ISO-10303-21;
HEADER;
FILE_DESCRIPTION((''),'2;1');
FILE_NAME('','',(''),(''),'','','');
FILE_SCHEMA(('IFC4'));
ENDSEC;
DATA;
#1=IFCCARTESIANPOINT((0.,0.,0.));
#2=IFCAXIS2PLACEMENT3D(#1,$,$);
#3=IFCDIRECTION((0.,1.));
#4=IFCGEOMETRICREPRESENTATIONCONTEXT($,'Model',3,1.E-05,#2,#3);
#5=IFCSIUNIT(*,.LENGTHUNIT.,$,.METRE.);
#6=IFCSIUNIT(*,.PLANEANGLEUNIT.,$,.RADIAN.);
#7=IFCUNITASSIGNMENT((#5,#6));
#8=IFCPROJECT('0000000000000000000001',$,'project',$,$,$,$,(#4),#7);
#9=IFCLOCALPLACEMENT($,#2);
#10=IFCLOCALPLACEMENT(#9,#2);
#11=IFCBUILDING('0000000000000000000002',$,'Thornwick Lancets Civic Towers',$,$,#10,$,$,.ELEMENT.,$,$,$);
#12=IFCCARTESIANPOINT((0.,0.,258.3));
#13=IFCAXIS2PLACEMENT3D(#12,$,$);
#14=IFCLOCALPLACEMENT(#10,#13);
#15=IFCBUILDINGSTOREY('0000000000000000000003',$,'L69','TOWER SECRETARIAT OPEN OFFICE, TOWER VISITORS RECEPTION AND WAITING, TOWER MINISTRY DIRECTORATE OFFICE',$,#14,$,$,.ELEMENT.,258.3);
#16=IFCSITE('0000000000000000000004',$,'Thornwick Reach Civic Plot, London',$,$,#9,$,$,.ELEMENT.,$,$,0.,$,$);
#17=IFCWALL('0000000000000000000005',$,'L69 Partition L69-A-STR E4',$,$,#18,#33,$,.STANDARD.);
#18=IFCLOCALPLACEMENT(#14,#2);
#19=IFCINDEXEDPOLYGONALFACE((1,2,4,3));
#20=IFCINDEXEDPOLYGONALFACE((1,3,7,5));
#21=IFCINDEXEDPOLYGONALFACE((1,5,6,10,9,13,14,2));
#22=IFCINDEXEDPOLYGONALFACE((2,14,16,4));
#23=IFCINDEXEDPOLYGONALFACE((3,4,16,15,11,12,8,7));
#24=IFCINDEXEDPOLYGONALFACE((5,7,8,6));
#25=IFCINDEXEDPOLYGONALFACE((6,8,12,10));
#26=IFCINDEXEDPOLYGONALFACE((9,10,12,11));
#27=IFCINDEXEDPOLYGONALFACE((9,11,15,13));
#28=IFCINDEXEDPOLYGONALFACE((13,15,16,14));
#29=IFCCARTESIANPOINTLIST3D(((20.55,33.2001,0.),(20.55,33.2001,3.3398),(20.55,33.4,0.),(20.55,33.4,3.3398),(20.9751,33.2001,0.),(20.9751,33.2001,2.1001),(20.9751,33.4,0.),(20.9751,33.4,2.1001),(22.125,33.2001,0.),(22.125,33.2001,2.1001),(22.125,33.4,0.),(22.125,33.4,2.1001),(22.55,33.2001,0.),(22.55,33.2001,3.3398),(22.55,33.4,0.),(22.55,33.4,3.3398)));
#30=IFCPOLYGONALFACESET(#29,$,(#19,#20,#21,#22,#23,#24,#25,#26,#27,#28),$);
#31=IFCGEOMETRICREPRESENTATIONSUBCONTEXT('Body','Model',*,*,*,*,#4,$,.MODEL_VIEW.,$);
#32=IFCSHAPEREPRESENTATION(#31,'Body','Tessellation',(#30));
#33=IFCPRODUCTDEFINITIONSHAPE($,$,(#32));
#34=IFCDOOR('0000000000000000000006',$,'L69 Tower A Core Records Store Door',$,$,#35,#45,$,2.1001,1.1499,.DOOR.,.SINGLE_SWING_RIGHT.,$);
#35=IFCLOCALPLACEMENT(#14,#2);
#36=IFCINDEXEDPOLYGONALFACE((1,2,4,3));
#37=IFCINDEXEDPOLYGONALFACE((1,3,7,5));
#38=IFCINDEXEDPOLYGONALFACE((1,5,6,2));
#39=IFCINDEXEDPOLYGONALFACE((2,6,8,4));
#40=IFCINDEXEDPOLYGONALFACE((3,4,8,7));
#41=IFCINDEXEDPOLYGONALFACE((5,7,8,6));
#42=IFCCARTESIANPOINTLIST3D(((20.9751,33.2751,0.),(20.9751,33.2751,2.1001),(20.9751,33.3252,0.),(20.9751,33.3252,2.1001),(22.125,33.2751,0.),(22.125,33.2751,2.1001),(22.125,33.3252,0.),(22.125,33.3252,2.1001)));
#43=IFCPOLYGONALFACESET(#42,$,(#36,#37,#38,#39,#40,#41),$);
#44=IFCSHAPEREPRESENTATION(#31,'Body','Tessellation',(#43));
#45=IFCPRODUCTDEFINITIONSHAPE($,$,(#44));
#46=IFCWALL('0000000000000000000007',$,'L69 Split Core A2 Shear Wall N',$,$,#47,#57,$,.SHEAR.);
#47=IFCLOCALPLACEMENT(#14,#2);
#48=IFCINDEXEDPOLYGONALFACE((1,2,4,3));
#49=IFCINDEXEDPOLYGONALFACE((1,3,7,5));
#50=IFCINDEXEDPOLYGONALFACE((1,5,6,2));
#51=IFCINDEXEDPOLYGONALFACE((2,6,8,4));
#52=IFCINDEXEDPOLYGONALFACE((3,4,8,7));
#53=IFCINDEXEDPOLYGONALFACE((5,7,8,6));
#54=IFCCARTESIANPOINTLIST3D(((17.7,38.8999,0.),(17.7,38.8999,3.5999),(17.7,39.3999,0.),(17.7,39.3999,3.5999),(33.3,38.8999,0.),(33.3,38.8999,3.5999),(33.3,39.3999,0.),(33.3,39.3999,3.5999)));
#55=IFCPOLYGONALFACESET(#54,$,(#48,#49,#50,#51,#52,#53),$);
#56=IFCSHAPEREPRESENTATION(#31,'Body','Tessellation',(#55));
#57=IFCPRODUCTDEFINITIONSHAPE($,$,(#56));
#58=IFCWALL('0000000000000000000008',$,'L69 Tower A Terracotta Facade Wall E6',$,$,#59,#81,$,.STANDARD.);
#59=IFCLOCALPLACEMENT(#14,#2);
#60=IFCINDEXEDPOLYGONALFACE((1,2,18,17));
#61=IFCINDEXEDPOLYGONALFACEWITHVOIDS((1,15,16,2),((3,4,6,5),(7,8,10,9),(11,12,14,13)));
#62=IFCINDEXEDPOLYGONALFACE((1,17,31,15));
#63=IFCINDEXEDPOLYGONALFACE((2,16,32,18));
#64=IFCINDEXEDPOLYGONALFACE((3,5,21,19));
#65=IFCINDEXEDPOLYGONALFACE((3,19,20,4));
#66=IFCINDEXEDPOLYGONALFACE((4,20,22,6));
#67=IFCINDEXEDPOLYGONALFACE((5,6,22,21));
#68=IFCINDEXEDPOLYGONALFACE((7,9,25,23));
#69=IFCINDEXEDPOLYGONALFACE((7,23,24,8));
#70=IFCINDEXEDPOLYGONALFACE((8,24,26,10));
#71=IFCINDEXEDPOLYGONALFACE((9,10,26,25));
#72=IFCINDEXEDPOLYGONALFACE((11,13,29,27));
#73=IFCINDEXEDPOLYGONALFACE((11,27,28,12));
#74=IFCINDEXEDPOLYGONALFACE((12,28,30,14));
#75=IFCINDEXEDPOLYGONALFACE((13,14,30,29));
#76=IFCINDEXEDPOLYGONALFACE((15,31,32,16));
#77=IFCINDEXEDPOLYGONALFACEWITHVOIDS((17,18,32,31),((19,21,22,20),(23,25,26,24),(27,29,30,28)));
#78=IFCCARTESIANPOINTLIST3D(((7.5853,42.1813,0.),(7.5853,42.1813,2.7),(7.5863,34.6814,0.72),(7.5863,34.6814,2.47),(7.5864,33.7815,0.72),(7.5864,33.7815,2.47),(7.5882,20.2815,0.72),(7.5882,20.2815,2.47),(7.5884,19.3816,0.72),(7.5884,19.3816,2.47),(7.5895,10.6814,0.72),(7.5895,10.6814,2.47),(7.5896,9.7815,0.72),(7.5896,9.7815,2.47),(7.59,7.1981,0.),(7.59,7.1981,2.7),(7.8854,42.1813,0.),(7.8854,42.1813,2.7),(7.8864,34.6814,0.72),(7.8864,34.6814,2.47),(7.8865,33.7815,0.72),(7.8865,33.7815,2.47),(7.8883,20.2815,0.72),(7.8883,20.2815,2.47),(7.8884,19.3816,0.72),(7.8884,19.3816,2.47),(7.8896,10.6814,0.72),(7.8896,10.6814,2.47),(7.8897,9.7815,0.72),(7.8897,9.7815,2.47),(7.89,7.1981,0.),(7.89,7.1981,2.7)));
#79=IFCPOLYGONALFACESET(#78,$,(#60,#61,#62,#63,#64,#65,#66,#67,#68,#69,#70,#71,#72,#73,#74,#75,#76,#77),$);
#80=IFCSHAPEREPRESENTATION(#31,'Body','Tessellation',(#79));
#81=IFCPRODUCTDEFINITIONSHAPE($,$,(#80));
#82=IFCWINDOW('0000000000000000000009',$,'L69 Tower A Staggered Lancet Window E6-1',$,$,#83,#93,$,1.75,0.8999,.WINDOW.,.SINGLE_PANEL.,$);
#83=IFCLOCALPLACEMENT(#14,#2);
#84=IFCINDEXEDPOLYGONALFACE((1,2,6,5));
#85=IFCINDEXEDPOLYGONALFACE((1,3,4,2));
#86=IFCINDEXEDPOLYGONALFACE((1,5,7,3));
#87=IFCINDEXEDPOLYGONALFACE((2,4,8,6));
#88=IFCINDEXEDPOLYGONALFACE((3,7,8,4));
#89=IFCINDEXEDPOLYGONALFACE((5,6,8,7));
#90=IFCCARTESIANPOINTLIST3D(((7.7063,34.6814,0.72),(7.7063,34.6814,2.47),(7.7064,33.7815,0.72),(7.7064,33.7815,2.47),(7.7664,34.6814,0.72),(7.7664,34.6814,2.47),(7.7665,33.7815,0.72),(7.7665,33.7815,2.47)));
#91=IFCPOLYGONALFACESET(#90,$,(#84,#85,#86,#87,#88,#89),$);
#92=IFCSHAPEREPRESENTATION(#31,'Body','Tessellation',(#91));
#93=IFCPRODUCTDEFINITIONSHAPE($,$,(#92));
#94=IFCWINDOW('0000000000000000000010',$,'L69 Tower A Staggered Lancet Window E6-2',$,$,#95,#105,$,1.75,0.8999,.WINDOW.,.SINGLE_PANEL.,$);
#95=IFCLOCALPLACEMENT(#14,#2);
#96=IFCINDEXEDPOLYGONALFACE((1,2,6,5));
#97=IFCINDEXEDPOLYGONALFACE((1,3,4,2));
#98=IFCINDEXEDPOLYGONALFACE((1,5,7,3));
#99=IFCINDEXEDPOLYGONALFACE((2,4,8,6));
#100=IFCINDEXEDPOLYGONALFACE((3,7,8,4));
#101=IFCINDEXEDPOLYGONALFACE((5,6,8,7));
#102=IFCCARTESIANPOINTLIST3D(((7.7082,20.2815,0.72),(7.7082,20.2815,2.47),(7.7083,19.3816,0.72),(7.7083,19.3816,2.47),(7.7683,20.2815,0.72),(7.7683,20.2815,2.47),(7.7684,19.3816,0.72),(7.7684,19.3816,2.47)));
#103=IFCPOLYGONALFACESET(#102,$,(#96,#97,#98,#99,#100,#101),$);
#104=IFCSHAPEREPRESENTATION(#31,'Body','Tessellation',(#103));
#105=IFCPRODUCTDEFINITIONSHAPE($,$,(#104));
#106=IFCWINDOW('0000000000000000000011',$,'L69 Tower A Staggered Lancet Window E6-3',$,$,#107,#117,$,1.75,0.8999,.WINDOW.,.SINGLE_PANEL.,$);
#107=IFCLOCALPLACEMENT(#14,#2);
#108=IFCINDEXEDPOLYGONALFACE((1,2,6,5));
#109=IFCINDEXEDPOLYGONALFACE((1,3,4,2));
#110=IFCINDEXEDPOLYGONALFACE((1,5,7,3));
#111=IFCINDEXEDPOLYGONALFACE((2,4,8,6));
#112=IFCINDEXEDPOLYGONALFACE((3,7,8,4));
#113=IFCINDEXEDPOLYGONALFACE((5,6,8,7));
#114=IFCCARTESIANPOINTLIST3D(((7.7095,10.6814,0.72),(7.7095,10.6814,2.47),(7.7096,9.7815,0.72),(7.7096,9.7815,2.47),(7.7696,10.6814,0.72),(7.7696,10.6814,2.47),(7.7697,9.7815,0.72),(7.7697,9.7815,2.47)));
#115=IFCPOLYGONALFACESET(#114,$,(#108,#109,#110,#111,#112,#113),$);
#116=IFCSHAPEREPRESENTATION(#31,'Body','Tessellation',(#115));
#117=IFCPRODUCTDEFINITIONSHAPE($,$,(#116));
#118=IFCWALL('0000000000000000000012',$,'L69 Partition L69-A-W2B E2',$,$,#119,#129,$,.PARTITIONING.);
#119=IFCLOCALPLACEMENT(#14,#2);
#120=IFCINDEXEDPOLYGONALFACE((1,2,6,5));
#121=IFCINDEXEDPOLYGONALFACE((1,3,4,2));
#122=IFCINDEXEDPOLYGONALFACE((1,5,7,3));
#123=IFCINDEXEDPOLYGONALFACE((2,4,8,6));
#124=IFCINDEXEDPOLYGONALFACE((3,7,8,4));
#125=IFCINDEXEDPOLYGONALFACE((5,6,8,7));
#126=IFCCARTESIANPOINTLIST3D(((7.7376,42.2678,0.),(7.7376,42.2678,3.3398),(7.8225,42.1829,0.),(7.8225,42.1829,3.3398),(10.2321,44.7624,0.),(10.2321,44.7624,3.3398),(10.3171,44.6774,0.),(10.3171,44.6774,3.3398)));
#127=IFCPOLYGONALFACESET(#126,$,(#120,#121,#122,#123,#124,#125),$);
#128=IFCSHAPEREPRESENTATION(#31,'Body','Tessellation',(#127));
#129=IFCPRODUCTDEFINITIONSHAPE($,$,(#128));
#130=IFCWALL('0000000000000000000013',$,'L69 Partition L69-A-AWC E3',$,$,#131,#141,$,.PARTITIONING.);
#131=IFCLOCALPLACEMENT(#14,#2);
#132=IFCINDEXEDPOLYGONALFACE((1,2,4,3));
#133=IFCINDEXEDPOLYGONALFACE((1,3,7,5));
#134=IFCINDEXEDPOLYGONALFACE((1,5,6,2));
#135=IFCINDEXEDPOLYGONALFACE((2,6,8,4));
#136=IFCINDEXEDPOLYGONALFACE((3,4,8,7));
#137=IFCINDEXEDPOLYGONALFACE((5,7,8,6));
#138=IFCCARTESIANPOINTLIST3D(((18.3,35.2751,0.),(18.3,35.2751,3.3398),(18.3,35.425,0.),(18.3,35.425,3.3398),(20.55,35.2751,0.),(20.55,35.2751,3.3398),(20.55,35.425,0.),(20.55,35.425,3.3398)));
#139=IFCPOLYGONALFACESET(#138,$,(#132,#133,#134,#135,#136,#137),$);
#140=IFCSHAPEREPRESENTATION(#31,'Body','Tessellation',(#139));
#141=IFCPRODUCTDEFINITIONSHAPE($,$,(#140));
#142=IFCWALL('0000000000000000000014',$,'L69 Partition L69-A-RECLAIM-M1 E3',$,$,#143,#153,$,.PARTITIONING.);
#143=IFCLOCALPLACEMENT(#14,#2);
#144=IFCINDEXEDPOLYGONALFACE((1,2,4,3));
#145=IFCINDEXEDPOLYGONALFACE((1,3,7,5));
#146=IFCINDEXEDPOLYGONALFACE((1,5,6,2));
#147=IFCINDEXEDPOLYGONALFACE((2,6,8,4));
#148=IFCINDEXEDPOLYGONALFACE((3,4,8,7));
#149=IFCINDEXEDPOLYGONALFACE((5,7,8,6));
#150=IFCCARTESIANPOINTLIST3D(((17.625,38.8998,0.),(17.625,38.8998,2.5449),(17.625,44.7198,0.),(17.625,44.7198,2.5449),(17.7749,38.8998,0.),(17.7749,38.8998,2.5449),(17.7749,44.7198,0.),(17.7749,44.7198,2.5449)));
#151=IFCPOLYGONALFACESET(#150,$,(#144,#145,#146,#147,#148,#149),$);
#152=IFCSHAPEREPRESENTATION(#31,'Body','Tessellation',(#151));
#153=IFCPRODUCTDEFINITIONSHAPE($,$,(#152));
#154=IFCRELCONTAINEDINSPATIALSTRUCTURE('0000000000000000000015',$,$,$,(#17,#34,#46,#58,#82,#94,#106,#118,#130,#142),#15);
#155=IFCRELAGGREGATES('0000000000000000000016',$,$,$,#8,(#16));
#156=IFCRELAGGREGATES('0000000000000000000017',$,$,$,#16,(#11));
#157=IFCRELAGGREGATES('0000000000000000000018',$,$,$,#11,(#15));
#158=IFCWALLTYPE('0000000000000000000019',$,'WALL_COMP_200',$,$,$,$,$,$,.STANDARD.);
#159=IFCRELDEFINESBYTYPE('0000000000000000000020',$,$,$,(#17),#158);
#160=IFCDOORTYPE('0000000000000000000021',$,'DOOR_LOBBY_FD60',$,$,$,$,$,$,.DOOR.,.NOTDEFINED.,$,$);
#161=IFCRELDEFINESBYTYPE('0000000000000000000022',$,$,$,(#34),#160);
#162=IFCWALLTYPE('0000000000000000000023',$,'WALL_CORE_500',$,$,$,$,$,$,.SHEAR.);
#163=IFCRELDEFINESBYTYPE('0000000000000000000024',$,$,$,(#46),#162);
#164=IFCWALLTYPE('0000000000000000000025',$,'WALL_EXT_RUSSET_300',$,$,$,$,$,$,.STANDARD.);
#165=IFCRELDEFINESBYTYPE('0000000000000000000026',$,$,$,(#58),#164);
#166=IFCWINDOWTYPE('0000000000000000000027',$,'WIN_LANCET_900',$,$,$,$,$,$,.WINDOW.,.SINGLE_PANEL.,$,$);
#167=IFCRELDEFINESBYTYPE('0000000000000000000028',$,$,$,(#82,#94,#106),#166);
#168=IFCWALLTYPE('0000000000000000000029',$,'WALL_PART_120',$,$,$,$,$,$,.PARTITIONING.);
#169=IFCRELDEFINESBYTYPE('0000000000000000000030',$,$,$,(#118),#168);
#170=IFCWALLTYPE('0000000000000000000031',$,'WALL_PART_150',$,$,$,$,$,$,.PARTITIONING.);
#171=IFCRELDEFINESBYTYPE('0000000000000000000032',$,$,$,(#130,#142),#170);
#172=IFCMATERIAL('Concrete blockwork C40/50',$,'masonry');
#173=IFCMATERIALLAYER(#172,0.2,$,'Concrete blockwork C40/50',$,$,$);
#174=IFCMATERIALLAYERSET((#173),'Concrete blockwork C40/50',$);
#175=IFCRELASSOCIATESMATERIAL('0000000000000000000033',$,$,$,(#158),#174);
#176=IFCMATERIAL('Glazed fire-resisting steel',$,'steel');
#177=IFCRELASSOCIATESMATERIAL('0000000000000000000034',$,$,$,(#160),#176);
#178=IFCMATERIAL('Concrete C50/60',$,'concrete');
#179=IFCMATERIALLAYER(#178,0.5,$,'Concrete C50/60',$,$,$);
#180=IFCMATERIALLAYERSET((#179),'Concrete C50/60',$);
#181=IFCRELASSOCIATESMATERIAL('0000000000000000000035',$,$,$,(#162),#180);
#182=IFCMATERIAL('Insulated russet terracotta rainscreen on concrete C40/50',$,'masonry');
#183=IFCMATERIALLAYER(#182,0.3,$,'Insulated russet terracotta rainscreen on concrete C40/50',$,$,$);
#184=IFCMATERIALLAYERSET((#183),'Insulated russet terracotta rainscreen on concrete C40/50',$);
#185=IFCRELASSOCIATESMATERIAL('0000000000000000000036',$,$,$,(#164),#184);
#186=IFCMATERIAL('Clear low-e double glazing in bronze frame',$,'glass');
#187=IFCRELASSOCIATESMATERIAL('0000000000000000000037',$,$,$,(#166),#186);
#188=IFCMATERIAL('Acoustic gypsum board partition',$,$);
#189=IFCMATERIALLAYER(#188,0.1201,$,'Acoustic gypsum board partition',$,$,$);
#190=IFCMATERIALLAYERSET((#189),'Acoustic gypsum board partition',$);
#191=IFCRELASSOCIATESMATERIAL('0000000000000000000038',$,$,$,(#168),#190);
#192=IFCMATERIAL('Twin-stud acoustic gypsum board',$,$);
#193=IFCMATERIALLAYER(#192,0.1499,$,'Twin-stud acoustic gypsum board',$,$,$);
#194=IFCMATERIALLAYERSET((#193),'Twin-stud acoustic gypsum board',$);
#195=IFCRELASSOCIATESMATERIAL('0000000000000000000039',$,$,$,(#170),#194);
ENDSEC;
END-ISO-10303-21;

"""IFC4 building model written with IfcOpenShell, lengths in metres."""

from ifc_helpers import new_model, si_unit, direction, frame, frame_2d, origin, place, context, subcontext, project, spatial, rectangle, extrude, material, layer, layer_set, type_object, element, fill, save


model = new_model("IFC4")

# Units and contexts
model_context = context("Model", 3, precision=1e-05, world=origin(), true_north=direction((0.0, 1.0)))
body_context = subcontext(model_context, "Body", "Model", "MODEL_VIEW")
ifc_project = project(units=[si_unit("LENGTHUNIT", "METRE"), si_unit("PLANEANGLEUNIT", "RADIAN")], contexts=[model_context])

# Site, building, storey
site_placement = place(None, origin())
site = spatial("IfcSite", under=ifc_project, at=site_placement, Name="Thornwick Reach Civic Plot, London", CompositionType="ELEMENT", RefElevation=0.0)
building_placement = place(site_placement, origin())
building = spatial("IfcBuilding", under=site, at=building_placement, Name="Thornwick Lancets Civic Towers", CompositionType="ELEMENT")
storey_placement = place(building_placement, frame((0.0, 0.0, 258.3)))
storey = spatial("IfcBuildingStorey", under=building, at=storey_placement, Name="L69", Description="TOWER SECRETARIAT OPEN OFFICE, TOWER VISITORS RECEPTION AND WAITING, TOWER MINISTRY DIRECTORATE OFFICE", CompositionType="ELEMENT", Elevation=258.3)

# Shared definitions
ifc_material_1 = material(Name="Concrete C50/60", Category="concrete")

# Shared definitions
ifc_material_2 = material(Name="Concrete blockwork C40/50", Category="masonry")
ifc_layer_1 = layer(ifc_material_2, 0.2, Name="Concrete blockwork C40/50")
ifc_layer_set_1 = layer_set([ifc_layer_1], Name="Concrete blockwork C40/50")
wall_type_1 = type_object("IfcWallType", Name="WALL_COMP_200", PredefinedType="STANDARD", material=ifc_layer_set_1)

# Wall, opening, door
wall_1_placement = place(storey_placement, frame((22.55, 33.3, 0.0), z_axis=(0.0, 0.0, 1.0), x_axis=(-1.0, 0.0, 0.0)))
wall_1 = element("IfcWall", 1, at=wall_1_placement, inside=storey, type_object=wall_type_1, Name="L69 Partition L69-A-STR E4", PredefinedType="STANDARD", context=body_context, shape_type="SweptSolid", body=[
    extrude(rectangle(XDim=2.0, YDim=0.2, at=frame_2d((1.0, 0.0))), origin(), (0.0, 0.0, 1.0), 3.3398),
])
opening_1_placement = place(wall_1_placement, frame((0.425, 0.0, 0.0)))
opening_1 = element("IfcOpeningElement", 2, at=opening_1_placement, cuts=wall_1, PredefinedType="OPENING", context=body_context, shape_type="SweptSolid", body=[
    extrude(rectangle(XDim=1.1499, YDim=2.1001, at=frame_2d((0.575, 1.05))), frame((0.0, 0.1099, 0.0), z_axis=(0.0, -1.0, 0.0), x_axis=(1.0, 0.0, 0.0)), (0.0, 0.0, 1.0), 0.22),
])
ifc_material_3 = material(Name="Glazed fire-resisting steel", Category="steel")
door_type_1 = type_object("IfcDoorType", Name="DOOR_LOBBY_FD60", OperationType="NOTDEFINED", PredefinedType="DOOR", material=ifc_material_3)
door_1_placement = place(opening_1_placement, origin())
door_1 = element("IfcDoor", 3, at=door_1_placement, inside=storey, type_object=door_type_1, Name="L69 Tower A Core Records Store Door", OperationType="SINGLE_SWING_RIGHT", OverallHeight=2.1001, OverallWidth=1.1499, PredefinedType="DOOR", context=body_context, shape_type="SweptSolid", body=[
    extrude(rectangle(XDim=1.1499, YDim=2.1001, at=frame_2d((0.575, 1.05))), frame((0.0, 0.0249, 0.0), z_axis=(0.0, -1.0, 0.0), x_axis=(1.0, 0.0, 0.0)), (0.0, 0.0, 1.0), 0.05),
])
fill(opening_1, door_1)

# Wall
ifc_layer_2 = layer(ifc_material_1, 0.5, Name="Concrete C50/60")
ifc_layer_set_2 = layer_set([ifc_layer_2], Name="Concrete C50/60")
wall_type_2 = type_object("IfcWallType", Name="WALL_CORE_500", PredefinedType="SHEAR", material=ifc_layer_set_2)
wall_2_placement = place(storey_placement, frame((17.7, 39.1499, 0.0), z_axis=(0.0, 0.0, 1.0), x_axis=(1.0, 0.0, 0.0)))
element("IfcWall", 4, at=wall_2_placement, inside=storey, type_object=wall_type_2, Name="L69 Split Core A2 Shear Wall N", PredefinedType="SHEAR", context=body_context, shape_type="SweptSolid", body=[
    extrude(rectangle(XDim=15.6001, YDim=0.5, at=frame_2d((7.8, 0.0))), origin(), (0.0, 0.0, 1.0), 3.5999),
])

# Wall, openings, windows
ifc_material_4 = material(Name="Insulated russet terracotta rainscreen on concrete C40/50", Category="masonry")
ifc_layer_3 = layer(ifc_material_4, 0.3, Name="Insulated russet terracotta rainscreen on concrete C40/50")
ifc_layer_set_3 = layer_set([ifc_layer_3], Name="Insulated russet terracotta rainscreen on concrete C40/50")
wall_type_3 = type_object("IfcWallType", Name="WALL_EXT_RUSSET_300", PredefinedType="STANDARD", material=ifc_layer_set_3)
wall_3_placement = place(storey_placement, frame((7.7354, 42.1814, 0.0), z_axis=(0.0, 0.0, 1.0), x_axis=(0.000133, -1.0, 0.0)))
wall_3 = element("IfcWall", 5, at=wall_3_placement, inside=storey, type_object=wall_type_3, Name="L69 Tower A Terracotta Facade Wall E6", PredefinedType="STANDARD", context=body_context, shape_type="SweptSolid", body=[
    extrude(rectangle(XDim=34.9832, YDim=0.3, at=frame_2d((17.4917, 0.0))), origin(), (0.0, 0.0, 1.0), 2.7),
])
opening_2_placement = place(wall_3_placement, frame((7.5, 0.0, 0.72)))
opening_2 = element("IfcOpeningElement", 6, at=opening_2_placement, cuts=wall_3, PredefinedType="OPENING", context=body_context, shape_type="SweptSolid", body=[
    extrude(rectangle(XDim=0.8999, YDim=1.75, at=frame_2d((0.45, 0.875))), frame((0.0, 0.1602, 0.0), z_axis=(0.0, -1.0, 0.0), x_axis=(1.0, 0.0, 0.0)), (0.0, 0.0, 1.0), 0.3201),
])
opening_3_placement = place(wall_3_placement, frame((21.8999, 0.0, 0.72)))
opening_3 = element("IfcOpeningElement", 7, at=opening_3_placement, cuts=wall_3, PredefinedType="OPENING", context=body_context, shape_type="SweptSolid", body=[
    extrude(rectangle(XDim=0.8999, YDim=1.75, at=frame_2d((0.45, 0.875))), frame((0.0, 0.1602, 0.0), z_axis=(0.0, -1.0, 0.0), x_axis=(1.0, 0.0, 0.0)), (0.0, 0.0, 1.0), 0.3201),
])
opening_4_placement = place(wall_3_placement, frame((31.5, 0.0, 0.72)))
opening_4 = element("IfcOpeningElement", 8, at=opening_4_placement, cuts=wall_3, PredefinedType="OPENING", context=body_context, shape_type="SweptSolid", body=[
    extrude(rectangle(XDim=0.8999, YDim=1.75, at=frame_2d((0.45, 0.875))), frame((0.0, 0.1602, 0.0), z_axis=(0.0, -1.0, 0.0), x_axis=(1.0, 0.0, 0.0)), (0.0, 0.0, 1.0), 0.3201),
])
ifc_material_5 = material(Name="Clear low-e double glazing in bronze frame", Category="glass")
window_type = type_object("IfcWindowType", Name="WIN_LANCET_900", PartitioningType="SINGLE_PANEL", PredefinedType="WINDOW", material=ifc_material_5)
window_1_placement = place(opening_2_placement, origin())
window_1 = element("IfcWindow", 9, at=window_1_placement, inside=storey, type_object=window_type, Name="L69 Tower A Staggered Lancet Window E6-1", OverallHeight=1.75, OverallWidth=0.8999, PartitioningType="SINGLE_PANEL", PredefinedType="WINDOW", context=body_context, shape_type="SweptSolid", body=[
    extrude(rectangle(XDim=0.8999, YDim=1.75, at=frame_2d((0.45, 0.875))), frame((0.0, 0.03, 0.0), z_axis=(0.0, -1.0, 0.0), x_axis=(1.0, 0.0, 0.0)), (0.0, 0.0, 1.0), 0.0601),
])
fill(opening_2, window_1)
window_2_placement = place(opening_3_placement, origin())
window_2 = element("IfcWindow", 10, at=window_2_placement, inside=storey, type_object=window_type, Name="L69 Tower A Staggered Lancet Window E6-2", OverallHeight=1.75, OverallWidth=0.8999, PartitioningType="SINGLE_PANEL", PredefinedType="WINDOW", context=body_context, shape_type="SweptSolid", body=[
    extrude(rectangle(XDim=0.8999, YDim=1.75, at=frame_2d((0.45, 0.875))), frame((0.0, 0.03, 0.0), z_axis=(0.0, -1.0, 0.0), x_axis=(1.0, 0.0, 0.0)), (0.0, 0.0, 1.0), 0.0601),
])
fill(opening_3, window_2)
window_3_placement = place(opening_4_placement, origin())
window_3 = element("IfcWindow", 11, at=window_3_placement, inside=storey, type_object=window_type, Name="L69 Tower A Staggered Lancet Window E6-3", OverallHeight=1.75, OverallWidth=0.8999, PartitioningType="SINGLE_PANEL", PredefinedType="WINDOW", context=body_context, shape_type="SweptSolid", body=[
    extrude(rectangle(XDim=0.8999, YDim=1.75, at=frame_2d((0.45, 0.875))), frame((0.0, 0.03, 0.0), z_axis=(0.0, -1.0, 0.0), x_axis=(1.0, 0.0, 0.0)), (0.0, 0.0, 1.0), 0.0601),
])
fill(opening_4, window_3)

# Walls
ifc_material_6 = material(Name="Acoustic gypsum board partition")
ifc_layer_4 = layer(ifc_material_6, 0.1201, Name="Acoustic gypsum board partition")
ifc_layer_set_4 = layer_set([ifc_layer_4], Name="Acoustic gypsum board partition")
wall_type_4 = type_object("IfcWallType", Name="WALL_PART_120", PredefinedType="PARTITIONING", material=ifc_layer_set_4)
wall_4_placement = place(storey_placement, frame((7.78, 42.2253, 0.0), z_axis=(0.0, 0.0, 1.0), x_axis=(0.707107, 0.707107, 0.0)))
element("IfcWall", 12, at=wall_4_placement, inside=storey, type_object=wall_type_4, Name="L69 Partition L69-A-W2B E2", PredefinedType="PARTITIONING", context=body_context, shape_type="SweptSolid", body=[
    extrude(rectangle(XDim=3.5278, YDim=0.1201, at=frame_2d((1.7639, 0.0))), origin(), (0.0, 0.0, 1.0), 3.3398),
])
ifc_material_7 = material(Name="Twin-stud acoustic gypsum board")
ifc_layer_5 = layer(ifc_material_7, 0.1499, Name="Twin-stud acoustic gypsum board")
ifc_layer_set_5 = layer_set([ifc_layer_5], Name="Twin-stud acoustic gypsum board")
wall_type_5 = type_object("IfcWallType", Name="WALL_PART_150", PredefinedType="PARTITIONING", material=ifc_layer_set_5)
wall_5_placement = place(storey_placement, frame((20.55, 35.3501, 0.0), z_axis=(0.0, 0.0, 1.0), x_axis=(-1.0, 0.0, 0.0)))
element("IfcWall", 13, at=wall_5_placement, inside=storey, type_object=wall_type_5, Name="L69 Partition L69-A-AWC E3", PredefinedType="PARTITIONING", context=body_context, shape_type="SweptSolid", body=[
    extrude(rectangle(XDim=2.25, YDim=0.1499, at=frame_2d((1.125, 0.0))), origin(), (0.0, 0.0, 1.0), 3.3398),
])
wall_6_placement = place(storey_placement, frame((17.7, 44.72, 0.0), z_axis=(0.0, 0.0, 1.0), x_axis=(0.0, -1.0, 0.0)))
element("IfcWall", 14, at=wall_6_placement, inside=storey, type_object=wall_type_5, Name="L69 Partition L69-A-RECLAIM-M1 E3", PredefinedType="PARTITIONING", context=body_context, shape_type="SweptSolid", body=[
    extrude(rectangle(XDim=5.8201, YDim=0.1499, at=frame_2d((2.9102, 0.0))), origin(), (0.0, 0.0, 1.0), 2.5449),
])

save(model, "model.ifc")
